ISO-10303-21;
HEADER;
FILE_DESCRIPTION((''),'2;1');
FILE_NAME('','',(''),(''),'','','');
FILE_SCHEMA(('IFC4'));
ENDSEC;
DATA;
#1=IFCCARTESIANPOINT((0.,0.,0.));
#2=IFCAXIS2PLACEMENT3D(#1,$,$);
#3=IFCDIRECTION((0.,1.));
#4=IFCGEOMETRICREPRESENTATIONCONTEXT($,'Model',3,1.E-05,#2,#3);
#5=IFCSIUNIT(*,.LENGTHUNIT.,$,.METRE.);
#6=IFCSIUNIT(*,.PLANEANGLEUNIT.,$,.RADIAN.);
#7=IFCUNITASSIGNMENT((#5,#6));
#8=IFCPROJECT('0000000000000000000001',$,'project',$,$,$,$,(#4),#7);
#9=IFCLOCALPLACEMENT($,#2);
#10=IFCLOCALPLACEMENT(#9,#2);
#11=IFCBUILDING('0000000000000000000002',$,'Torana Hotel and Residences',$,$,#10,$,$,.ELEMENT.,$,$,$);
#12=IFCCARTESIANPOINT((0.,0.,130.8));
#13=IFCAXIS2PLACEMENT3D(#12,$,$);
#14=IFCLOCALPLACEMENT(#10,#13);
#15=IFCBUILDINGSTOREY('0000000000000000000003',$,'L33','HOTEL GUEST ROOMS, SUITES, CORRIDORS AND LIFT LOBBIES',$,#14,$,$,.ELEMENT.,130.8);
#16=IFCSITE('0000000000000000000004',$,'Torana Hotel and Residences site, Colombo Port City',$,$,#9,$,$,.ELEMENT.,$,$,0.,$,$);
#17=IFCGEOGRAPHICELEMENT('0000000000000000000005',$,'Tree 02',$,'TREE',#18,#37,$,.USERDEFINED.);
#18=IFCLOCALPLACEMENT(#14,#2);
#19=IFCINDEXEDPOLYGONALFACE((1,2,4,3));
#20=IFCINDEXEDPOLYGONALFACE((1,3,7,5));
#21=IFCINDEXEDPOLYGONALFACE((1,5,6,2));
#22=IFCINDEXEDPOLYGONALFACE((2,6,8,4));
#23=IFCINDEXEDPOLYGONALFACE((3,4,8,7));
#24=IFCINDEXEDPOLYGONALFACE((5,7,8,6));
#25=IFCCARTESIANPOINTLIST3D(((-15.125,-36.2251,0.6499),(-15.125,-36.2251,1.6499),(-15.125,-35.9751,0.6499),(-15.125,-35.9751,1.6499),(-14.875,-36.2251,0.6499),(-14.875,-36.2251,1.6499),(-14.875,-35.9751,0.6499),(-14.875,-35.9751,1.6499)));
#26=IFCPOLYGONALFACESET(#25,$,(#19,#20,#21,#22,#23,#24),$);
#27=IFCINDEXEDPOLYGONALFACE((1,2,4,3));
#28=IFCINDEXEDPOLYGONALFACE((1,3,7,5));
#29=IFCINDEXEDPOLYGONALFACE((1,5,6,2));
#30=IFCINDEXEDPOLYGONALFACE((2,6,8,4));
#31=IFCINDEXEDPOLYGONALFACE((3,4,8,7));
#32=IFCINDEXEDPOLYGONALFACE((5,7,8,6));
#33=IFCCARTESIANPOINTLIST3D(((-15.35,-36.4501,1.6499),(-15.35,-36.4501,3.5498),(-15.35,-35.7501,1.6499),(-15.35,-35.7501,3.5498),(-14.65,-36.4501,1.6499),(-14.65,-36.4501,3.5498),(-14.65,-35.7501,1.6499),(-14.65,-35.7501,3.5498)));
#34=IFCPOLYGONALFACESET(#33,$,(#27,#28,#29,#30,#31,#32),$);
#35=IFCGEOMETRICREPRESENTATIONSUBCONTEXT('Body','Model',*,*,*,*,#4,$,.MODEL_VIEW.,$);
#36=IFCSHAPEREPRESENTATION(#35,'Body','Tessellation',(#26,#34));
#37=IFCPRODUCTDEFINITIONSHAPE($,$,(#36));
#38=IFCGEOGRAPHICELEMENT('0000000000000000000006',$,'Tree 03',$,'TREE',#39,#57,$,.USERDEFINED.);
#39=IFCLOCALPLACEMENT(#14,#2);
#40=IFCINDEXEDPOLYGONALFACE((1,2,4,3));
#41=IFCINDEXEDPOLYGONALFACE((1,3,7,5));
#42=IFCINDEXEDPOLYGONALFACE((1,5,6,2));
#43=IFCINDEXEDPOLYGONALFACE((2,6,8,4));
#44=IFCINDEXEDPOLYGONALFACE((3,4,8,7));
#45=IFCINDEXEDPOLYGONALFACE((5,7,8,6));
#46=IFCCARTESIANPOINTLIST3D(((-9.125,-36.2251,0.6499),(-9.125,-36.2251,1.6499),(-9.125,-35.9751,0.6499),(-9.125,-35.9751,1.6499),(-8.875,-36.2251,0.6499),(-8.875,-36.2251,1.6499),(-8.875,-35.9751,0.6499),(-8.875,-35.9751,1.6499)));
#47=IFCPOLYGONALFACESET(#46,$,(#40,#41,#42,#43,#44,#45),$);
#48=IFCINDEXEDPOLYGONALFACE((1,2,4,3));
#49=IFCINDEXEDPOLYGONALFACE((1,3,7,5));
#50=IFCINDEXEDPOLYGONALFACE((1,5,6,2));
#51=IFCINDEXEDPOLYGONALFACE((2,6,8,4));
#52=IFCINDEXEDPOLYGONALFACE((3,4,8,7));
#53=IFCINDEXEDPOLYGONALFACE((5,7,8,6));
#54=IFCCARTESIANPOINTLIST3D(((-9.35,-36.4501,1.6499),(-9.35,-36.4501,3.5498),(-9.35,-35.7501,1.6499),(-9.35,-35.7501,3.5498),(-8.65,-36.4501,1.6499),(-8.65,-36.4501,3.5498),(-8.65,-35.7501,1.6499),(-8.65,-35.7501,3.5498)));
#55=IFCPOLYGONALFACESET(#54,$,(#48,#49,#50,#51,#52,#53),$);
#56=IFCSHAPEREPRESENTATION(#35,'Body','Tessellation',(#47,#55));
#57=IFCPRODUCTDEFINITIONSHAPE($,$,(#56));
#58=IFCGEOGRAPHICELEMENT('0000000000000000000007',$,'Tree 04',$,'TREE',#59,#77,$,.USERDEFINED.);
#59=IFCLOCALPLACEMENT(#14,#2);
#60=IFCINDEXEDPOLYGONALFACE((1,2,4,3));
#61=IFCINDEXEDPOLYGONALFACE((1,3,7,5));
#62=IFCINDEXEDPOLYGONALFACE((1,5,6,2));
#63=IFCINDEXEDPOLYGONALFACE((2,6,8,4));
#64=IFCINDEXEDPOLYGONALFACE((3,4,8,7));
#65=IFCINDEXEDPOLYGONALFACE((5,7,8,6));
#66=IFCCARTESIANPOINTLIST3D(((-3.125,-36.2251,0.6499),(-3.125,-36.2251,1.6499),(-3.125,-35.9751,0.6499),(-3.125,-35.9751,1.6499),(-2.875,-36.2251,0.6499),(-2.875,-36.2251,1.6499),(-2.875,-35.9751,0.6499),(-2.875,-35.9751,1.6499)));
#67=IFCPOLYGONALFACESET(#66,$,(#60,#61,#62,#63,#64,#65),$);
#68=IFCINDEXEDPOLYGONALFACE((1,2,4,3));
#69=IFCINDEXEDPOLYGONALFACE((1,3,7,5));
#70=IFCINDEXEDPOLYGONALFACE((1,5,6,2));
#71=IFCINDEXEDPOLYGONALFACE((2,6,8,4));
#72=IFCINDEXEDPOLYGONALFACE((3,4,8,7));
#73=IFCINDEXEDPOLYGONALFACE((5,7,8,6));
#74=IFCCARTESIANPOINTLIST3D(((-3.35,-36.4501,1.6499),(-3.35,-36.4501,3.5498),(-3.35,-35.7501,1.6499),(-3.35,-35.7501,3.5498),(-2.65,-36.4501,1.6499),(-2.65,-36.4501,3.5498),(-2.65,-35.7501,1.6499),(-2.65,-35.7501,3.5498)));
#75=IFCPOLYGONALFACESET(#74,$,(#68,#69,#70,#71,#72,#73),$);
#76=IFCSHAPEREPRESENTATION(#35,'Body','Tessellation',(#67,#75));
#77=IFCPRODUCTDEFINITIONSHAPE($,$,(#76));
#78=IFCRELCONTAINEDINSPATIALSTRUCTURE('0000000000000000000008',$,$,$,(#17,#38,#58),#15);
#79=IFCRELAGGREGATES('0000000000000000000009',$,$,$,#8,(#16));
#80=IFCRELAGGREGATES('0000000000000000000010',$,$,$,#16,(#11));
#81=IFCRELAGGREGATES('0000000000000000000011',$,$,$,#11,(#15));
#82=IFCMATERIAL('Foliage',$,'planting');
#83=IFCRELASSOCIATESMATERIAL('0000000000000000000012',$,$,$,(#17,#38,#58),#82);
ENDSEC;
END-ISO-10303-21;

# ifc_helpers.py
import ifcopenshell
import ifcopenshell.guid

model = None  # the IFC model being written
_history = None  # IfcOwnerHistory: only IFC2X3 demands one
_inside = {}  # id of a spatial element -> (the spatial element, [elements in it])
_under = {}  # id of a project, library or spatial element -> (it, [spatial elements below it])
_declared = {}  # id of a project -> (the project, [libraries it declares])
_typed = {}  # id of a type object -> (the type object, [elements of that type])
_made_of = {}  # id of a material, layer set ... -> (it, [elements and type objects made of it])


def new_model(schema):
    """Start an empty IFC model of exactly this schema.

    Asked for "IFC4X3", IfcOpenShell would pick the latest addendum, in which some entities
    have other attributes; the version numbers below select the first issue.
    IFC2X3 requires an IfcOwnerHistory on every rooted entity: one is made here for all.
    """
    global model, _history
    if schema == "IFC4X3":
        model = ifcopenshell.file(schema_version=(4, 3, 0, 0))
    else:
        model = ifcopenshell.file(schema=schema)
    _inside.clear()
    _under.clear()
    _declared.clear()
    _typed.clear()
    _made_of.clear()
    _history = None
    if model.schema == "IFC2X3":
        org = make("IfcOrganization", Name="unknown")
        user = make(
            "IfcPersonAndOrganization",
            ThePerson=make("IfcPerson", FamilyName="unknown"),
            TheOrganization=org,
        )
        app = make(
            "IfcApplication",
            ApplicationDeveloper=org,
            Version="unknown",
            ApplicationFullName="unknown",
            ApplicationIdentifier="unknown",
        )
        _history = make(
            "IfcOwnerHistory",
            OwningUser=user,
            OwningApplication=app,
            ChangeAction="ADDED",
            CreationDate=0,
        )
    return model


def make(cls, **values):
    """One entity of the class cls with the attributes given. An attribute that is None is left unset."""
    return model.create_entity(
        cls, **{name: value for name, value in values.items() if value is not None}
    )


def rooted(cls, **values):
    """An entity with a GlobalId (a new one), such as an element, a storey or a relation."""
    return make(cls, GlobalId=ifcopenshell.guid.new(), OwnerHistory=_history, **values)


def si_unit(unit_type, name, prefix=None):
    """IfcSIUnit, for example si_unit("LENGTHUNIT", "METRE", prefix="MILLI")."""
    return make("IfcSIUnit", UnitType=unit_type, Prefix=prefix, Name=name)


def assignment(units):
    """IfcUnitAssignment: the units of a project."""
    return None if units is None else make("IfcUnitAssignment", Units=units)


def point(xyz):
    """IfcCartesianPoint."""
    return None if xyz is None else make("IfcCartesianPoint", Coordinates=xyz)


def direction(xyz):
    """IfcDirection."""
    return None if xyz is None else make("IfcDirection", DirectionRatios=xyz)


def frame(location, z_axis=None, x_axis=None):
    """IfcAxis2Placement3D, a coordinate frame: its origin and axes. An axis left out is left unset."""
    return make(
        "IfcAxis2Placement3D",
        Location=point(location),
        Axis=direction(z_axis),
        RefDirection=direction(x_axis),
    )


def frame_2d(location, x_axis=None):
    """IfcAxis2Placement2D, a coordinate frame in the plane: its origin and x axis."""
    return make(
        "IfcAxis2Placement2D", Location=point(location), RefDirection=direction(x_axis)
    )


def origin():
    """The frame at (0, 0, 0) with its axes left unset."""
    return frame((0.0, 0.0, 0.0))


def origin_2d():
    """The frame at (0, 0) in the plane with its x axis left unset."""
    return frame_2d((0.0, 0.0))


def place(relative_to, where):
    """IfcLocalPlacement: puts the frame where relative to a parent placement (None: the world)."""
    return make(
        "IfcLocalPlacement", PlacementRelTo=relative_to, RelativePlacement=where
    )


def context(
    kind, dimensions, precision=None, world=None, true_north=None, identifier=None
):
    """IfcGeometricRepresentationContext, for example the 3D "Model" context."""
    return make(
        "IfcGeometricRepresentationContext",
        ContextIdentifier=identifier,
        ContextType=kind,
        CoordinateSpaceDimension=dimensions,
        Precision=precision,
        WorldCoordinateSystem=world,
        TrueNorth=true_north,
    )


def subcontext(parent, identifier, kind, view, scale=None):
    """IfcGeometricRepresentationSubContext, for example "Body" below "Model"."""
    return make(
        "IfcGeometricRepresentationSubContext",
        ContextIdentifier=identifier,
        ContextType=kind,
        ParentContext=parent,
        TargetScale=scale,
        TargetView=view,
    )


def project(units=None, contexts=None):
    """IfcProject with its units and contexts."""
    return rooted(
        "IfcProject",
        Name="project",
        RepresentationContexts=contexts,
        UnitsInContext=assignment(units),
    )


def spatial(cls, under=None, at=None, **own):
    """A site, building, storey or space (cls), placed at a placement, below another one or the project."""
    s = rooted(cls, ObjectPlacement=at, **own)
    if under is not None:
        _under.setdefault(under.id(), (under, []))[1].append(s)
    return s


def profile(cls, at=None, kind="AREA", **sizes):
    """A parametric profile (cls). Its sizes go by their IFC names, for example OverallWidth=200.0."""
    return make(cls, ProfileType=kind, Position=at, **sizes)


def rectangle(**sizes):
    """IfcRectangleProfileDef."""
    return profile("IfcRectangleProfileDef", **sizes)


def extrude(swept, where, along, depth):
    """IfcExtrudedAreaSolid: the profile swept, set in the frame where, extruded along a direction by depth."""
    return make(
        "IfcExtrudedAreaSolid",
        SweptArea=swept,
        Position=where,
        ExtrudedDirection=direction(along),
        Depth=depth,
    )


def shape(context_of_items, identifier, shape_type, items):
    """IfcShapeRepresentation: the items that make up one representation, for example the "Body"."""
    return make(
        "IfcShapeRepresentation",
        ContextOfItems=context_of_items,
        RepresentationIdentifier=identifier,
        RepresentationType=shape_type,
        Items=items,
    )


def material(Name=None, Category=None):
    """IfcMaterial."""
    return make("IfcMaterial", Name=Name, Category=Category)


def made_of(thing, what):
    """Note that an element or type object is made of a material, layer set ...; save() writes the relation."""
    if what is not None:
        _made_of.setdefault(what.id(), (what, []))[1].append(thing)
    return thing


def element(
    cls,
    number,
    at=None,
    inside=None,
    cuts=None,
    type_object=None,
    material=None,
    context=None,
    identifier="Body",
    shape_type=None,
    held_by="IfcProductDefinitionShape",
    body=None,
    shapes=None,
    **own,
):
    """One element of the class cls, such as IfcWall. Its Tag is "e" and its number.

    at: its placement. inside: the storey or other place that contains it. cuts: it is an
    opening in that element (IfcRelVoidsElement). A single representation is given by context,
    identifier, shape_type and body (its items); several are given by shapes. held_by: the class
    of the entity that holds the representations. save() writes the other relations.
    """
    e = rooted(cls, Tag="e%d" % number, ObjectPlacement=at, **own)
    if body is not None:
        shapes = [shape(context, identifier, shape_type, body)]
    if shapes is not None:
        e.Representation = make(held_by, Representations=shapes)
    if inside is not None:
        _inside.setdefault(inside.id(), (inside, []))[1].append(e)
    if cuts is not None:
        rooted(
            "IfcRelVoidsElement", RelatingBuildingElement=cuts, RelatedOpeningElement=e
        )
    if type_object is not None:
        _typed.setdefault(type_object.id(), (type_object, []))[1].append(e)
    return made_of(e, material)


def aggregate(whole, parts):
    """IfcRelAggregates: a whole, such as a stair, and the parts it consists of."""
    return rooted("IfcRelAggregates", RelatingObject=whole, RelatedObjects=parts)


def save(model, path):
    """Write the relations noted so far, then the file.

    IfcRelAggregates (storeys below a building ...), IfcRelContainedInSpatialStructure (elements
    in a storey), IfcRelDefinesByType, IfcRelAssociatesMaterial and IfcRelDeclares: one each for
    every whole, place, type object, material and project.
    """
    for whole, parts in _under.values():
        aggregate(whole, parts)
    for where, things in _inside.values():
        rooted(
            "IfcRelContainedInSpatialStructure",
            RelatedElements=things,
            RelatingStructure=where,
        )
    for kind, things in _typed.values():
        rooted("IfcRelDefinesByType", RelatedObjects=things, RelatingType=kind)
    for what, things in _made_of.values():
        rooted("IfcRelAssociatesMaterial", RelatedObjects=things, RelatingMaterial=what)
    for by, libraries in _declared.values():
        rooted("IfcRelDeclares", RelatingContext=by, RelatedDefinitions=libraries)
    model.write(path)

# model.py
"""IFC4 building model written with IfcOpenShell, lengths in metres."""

from ifc_helpers import new_model, si_unit, direction, frame, origin, origin_2d, place, context, subcontext, project, spatial, rectangle, extrude, material, element, save


model = new_model("IFC4")

# Units and contexts
model_context = context("Model", 3, precision=1e-05, world=origin(), true_north=direction((0.0, 1.0)))
body_context = subcontext(model_context, "Body", "Model", "MODEL_VIEW")
ifc_project = project(units=[si_unit("LENGTHUNIT", "METRE"), si_unit("PLANEANGLEUNIT", "RADIAN")], contexts=[model_context])

# Site, building, storey
site_placement = place(None, origin())
site = spatial("IfcSite", under=ifc_project, at=site_placement, Name="Torana Hotel and Residences site, Colombo Port City", CompositionType="ELEMENT", RefElevation=0.0)
building_placement = place(site_placement, origin())
building = spatial("IfcBuilding", under=site, at=building_placement, Name="Torana Hotel and Residences", CompositionType="ELEMENT")
storey_placement = place(building_placement, frame((0.0, 0.0, 130.8)))
storey = spatial("IfcBuildingStorey", under=building, at=storey_placement, Name="L33", Description="HOTEL GUEST ROOMS, SUITES, CORRIDORS AND LIFT LOBBIES", CompositionType="ELEMENT", Elevation=130.8)

# Geographic elements
ifc_material_1 = material(Name="Foliage", Category="planting")
for number, where, z_axis, x_axis, name in (
    (1, (-15.0, -36.1001, 0.6499), (0.0, 0.0, 1.0), (1.0, 0.0, 0.0), "Tree 02"),
    (2, (-9.0, -36.1001, 0.6499), (0.0, 0.0, 1.0), (1.0, 0.0, 0.0), "Tree 03"),
    (3, (-3.0, -36.1001, 0.6499), (0.0, 0.0, 1.0), (1.0, 0.0, 0.0), "Tree 04"),
):
    element("IfcGeographicElement", number, at=place(storey_placement, frame(where, z_axis=z_axis, x_axis=x_axis)), inside=storey, material=ifc_material_1, Name=name, ObjectType="TREE", PredefinedType="USERDEFINED", context=body_context, shape_type="SweptSolid", body=[
        extrude(rectangle(XDim=0.25, YDim=0.25, at=origin_2d()), origin(), (0.0, 0.0, 1.0), 1.0),
        extrude(rectangle(XDim=0.7, YDim=0.7, at=origin_2d()), frame((0.0, 0.0, 1.0)), (0.0, 0.0, 1.0), 1.8999),
    ])

save(model, "model.ifc")
